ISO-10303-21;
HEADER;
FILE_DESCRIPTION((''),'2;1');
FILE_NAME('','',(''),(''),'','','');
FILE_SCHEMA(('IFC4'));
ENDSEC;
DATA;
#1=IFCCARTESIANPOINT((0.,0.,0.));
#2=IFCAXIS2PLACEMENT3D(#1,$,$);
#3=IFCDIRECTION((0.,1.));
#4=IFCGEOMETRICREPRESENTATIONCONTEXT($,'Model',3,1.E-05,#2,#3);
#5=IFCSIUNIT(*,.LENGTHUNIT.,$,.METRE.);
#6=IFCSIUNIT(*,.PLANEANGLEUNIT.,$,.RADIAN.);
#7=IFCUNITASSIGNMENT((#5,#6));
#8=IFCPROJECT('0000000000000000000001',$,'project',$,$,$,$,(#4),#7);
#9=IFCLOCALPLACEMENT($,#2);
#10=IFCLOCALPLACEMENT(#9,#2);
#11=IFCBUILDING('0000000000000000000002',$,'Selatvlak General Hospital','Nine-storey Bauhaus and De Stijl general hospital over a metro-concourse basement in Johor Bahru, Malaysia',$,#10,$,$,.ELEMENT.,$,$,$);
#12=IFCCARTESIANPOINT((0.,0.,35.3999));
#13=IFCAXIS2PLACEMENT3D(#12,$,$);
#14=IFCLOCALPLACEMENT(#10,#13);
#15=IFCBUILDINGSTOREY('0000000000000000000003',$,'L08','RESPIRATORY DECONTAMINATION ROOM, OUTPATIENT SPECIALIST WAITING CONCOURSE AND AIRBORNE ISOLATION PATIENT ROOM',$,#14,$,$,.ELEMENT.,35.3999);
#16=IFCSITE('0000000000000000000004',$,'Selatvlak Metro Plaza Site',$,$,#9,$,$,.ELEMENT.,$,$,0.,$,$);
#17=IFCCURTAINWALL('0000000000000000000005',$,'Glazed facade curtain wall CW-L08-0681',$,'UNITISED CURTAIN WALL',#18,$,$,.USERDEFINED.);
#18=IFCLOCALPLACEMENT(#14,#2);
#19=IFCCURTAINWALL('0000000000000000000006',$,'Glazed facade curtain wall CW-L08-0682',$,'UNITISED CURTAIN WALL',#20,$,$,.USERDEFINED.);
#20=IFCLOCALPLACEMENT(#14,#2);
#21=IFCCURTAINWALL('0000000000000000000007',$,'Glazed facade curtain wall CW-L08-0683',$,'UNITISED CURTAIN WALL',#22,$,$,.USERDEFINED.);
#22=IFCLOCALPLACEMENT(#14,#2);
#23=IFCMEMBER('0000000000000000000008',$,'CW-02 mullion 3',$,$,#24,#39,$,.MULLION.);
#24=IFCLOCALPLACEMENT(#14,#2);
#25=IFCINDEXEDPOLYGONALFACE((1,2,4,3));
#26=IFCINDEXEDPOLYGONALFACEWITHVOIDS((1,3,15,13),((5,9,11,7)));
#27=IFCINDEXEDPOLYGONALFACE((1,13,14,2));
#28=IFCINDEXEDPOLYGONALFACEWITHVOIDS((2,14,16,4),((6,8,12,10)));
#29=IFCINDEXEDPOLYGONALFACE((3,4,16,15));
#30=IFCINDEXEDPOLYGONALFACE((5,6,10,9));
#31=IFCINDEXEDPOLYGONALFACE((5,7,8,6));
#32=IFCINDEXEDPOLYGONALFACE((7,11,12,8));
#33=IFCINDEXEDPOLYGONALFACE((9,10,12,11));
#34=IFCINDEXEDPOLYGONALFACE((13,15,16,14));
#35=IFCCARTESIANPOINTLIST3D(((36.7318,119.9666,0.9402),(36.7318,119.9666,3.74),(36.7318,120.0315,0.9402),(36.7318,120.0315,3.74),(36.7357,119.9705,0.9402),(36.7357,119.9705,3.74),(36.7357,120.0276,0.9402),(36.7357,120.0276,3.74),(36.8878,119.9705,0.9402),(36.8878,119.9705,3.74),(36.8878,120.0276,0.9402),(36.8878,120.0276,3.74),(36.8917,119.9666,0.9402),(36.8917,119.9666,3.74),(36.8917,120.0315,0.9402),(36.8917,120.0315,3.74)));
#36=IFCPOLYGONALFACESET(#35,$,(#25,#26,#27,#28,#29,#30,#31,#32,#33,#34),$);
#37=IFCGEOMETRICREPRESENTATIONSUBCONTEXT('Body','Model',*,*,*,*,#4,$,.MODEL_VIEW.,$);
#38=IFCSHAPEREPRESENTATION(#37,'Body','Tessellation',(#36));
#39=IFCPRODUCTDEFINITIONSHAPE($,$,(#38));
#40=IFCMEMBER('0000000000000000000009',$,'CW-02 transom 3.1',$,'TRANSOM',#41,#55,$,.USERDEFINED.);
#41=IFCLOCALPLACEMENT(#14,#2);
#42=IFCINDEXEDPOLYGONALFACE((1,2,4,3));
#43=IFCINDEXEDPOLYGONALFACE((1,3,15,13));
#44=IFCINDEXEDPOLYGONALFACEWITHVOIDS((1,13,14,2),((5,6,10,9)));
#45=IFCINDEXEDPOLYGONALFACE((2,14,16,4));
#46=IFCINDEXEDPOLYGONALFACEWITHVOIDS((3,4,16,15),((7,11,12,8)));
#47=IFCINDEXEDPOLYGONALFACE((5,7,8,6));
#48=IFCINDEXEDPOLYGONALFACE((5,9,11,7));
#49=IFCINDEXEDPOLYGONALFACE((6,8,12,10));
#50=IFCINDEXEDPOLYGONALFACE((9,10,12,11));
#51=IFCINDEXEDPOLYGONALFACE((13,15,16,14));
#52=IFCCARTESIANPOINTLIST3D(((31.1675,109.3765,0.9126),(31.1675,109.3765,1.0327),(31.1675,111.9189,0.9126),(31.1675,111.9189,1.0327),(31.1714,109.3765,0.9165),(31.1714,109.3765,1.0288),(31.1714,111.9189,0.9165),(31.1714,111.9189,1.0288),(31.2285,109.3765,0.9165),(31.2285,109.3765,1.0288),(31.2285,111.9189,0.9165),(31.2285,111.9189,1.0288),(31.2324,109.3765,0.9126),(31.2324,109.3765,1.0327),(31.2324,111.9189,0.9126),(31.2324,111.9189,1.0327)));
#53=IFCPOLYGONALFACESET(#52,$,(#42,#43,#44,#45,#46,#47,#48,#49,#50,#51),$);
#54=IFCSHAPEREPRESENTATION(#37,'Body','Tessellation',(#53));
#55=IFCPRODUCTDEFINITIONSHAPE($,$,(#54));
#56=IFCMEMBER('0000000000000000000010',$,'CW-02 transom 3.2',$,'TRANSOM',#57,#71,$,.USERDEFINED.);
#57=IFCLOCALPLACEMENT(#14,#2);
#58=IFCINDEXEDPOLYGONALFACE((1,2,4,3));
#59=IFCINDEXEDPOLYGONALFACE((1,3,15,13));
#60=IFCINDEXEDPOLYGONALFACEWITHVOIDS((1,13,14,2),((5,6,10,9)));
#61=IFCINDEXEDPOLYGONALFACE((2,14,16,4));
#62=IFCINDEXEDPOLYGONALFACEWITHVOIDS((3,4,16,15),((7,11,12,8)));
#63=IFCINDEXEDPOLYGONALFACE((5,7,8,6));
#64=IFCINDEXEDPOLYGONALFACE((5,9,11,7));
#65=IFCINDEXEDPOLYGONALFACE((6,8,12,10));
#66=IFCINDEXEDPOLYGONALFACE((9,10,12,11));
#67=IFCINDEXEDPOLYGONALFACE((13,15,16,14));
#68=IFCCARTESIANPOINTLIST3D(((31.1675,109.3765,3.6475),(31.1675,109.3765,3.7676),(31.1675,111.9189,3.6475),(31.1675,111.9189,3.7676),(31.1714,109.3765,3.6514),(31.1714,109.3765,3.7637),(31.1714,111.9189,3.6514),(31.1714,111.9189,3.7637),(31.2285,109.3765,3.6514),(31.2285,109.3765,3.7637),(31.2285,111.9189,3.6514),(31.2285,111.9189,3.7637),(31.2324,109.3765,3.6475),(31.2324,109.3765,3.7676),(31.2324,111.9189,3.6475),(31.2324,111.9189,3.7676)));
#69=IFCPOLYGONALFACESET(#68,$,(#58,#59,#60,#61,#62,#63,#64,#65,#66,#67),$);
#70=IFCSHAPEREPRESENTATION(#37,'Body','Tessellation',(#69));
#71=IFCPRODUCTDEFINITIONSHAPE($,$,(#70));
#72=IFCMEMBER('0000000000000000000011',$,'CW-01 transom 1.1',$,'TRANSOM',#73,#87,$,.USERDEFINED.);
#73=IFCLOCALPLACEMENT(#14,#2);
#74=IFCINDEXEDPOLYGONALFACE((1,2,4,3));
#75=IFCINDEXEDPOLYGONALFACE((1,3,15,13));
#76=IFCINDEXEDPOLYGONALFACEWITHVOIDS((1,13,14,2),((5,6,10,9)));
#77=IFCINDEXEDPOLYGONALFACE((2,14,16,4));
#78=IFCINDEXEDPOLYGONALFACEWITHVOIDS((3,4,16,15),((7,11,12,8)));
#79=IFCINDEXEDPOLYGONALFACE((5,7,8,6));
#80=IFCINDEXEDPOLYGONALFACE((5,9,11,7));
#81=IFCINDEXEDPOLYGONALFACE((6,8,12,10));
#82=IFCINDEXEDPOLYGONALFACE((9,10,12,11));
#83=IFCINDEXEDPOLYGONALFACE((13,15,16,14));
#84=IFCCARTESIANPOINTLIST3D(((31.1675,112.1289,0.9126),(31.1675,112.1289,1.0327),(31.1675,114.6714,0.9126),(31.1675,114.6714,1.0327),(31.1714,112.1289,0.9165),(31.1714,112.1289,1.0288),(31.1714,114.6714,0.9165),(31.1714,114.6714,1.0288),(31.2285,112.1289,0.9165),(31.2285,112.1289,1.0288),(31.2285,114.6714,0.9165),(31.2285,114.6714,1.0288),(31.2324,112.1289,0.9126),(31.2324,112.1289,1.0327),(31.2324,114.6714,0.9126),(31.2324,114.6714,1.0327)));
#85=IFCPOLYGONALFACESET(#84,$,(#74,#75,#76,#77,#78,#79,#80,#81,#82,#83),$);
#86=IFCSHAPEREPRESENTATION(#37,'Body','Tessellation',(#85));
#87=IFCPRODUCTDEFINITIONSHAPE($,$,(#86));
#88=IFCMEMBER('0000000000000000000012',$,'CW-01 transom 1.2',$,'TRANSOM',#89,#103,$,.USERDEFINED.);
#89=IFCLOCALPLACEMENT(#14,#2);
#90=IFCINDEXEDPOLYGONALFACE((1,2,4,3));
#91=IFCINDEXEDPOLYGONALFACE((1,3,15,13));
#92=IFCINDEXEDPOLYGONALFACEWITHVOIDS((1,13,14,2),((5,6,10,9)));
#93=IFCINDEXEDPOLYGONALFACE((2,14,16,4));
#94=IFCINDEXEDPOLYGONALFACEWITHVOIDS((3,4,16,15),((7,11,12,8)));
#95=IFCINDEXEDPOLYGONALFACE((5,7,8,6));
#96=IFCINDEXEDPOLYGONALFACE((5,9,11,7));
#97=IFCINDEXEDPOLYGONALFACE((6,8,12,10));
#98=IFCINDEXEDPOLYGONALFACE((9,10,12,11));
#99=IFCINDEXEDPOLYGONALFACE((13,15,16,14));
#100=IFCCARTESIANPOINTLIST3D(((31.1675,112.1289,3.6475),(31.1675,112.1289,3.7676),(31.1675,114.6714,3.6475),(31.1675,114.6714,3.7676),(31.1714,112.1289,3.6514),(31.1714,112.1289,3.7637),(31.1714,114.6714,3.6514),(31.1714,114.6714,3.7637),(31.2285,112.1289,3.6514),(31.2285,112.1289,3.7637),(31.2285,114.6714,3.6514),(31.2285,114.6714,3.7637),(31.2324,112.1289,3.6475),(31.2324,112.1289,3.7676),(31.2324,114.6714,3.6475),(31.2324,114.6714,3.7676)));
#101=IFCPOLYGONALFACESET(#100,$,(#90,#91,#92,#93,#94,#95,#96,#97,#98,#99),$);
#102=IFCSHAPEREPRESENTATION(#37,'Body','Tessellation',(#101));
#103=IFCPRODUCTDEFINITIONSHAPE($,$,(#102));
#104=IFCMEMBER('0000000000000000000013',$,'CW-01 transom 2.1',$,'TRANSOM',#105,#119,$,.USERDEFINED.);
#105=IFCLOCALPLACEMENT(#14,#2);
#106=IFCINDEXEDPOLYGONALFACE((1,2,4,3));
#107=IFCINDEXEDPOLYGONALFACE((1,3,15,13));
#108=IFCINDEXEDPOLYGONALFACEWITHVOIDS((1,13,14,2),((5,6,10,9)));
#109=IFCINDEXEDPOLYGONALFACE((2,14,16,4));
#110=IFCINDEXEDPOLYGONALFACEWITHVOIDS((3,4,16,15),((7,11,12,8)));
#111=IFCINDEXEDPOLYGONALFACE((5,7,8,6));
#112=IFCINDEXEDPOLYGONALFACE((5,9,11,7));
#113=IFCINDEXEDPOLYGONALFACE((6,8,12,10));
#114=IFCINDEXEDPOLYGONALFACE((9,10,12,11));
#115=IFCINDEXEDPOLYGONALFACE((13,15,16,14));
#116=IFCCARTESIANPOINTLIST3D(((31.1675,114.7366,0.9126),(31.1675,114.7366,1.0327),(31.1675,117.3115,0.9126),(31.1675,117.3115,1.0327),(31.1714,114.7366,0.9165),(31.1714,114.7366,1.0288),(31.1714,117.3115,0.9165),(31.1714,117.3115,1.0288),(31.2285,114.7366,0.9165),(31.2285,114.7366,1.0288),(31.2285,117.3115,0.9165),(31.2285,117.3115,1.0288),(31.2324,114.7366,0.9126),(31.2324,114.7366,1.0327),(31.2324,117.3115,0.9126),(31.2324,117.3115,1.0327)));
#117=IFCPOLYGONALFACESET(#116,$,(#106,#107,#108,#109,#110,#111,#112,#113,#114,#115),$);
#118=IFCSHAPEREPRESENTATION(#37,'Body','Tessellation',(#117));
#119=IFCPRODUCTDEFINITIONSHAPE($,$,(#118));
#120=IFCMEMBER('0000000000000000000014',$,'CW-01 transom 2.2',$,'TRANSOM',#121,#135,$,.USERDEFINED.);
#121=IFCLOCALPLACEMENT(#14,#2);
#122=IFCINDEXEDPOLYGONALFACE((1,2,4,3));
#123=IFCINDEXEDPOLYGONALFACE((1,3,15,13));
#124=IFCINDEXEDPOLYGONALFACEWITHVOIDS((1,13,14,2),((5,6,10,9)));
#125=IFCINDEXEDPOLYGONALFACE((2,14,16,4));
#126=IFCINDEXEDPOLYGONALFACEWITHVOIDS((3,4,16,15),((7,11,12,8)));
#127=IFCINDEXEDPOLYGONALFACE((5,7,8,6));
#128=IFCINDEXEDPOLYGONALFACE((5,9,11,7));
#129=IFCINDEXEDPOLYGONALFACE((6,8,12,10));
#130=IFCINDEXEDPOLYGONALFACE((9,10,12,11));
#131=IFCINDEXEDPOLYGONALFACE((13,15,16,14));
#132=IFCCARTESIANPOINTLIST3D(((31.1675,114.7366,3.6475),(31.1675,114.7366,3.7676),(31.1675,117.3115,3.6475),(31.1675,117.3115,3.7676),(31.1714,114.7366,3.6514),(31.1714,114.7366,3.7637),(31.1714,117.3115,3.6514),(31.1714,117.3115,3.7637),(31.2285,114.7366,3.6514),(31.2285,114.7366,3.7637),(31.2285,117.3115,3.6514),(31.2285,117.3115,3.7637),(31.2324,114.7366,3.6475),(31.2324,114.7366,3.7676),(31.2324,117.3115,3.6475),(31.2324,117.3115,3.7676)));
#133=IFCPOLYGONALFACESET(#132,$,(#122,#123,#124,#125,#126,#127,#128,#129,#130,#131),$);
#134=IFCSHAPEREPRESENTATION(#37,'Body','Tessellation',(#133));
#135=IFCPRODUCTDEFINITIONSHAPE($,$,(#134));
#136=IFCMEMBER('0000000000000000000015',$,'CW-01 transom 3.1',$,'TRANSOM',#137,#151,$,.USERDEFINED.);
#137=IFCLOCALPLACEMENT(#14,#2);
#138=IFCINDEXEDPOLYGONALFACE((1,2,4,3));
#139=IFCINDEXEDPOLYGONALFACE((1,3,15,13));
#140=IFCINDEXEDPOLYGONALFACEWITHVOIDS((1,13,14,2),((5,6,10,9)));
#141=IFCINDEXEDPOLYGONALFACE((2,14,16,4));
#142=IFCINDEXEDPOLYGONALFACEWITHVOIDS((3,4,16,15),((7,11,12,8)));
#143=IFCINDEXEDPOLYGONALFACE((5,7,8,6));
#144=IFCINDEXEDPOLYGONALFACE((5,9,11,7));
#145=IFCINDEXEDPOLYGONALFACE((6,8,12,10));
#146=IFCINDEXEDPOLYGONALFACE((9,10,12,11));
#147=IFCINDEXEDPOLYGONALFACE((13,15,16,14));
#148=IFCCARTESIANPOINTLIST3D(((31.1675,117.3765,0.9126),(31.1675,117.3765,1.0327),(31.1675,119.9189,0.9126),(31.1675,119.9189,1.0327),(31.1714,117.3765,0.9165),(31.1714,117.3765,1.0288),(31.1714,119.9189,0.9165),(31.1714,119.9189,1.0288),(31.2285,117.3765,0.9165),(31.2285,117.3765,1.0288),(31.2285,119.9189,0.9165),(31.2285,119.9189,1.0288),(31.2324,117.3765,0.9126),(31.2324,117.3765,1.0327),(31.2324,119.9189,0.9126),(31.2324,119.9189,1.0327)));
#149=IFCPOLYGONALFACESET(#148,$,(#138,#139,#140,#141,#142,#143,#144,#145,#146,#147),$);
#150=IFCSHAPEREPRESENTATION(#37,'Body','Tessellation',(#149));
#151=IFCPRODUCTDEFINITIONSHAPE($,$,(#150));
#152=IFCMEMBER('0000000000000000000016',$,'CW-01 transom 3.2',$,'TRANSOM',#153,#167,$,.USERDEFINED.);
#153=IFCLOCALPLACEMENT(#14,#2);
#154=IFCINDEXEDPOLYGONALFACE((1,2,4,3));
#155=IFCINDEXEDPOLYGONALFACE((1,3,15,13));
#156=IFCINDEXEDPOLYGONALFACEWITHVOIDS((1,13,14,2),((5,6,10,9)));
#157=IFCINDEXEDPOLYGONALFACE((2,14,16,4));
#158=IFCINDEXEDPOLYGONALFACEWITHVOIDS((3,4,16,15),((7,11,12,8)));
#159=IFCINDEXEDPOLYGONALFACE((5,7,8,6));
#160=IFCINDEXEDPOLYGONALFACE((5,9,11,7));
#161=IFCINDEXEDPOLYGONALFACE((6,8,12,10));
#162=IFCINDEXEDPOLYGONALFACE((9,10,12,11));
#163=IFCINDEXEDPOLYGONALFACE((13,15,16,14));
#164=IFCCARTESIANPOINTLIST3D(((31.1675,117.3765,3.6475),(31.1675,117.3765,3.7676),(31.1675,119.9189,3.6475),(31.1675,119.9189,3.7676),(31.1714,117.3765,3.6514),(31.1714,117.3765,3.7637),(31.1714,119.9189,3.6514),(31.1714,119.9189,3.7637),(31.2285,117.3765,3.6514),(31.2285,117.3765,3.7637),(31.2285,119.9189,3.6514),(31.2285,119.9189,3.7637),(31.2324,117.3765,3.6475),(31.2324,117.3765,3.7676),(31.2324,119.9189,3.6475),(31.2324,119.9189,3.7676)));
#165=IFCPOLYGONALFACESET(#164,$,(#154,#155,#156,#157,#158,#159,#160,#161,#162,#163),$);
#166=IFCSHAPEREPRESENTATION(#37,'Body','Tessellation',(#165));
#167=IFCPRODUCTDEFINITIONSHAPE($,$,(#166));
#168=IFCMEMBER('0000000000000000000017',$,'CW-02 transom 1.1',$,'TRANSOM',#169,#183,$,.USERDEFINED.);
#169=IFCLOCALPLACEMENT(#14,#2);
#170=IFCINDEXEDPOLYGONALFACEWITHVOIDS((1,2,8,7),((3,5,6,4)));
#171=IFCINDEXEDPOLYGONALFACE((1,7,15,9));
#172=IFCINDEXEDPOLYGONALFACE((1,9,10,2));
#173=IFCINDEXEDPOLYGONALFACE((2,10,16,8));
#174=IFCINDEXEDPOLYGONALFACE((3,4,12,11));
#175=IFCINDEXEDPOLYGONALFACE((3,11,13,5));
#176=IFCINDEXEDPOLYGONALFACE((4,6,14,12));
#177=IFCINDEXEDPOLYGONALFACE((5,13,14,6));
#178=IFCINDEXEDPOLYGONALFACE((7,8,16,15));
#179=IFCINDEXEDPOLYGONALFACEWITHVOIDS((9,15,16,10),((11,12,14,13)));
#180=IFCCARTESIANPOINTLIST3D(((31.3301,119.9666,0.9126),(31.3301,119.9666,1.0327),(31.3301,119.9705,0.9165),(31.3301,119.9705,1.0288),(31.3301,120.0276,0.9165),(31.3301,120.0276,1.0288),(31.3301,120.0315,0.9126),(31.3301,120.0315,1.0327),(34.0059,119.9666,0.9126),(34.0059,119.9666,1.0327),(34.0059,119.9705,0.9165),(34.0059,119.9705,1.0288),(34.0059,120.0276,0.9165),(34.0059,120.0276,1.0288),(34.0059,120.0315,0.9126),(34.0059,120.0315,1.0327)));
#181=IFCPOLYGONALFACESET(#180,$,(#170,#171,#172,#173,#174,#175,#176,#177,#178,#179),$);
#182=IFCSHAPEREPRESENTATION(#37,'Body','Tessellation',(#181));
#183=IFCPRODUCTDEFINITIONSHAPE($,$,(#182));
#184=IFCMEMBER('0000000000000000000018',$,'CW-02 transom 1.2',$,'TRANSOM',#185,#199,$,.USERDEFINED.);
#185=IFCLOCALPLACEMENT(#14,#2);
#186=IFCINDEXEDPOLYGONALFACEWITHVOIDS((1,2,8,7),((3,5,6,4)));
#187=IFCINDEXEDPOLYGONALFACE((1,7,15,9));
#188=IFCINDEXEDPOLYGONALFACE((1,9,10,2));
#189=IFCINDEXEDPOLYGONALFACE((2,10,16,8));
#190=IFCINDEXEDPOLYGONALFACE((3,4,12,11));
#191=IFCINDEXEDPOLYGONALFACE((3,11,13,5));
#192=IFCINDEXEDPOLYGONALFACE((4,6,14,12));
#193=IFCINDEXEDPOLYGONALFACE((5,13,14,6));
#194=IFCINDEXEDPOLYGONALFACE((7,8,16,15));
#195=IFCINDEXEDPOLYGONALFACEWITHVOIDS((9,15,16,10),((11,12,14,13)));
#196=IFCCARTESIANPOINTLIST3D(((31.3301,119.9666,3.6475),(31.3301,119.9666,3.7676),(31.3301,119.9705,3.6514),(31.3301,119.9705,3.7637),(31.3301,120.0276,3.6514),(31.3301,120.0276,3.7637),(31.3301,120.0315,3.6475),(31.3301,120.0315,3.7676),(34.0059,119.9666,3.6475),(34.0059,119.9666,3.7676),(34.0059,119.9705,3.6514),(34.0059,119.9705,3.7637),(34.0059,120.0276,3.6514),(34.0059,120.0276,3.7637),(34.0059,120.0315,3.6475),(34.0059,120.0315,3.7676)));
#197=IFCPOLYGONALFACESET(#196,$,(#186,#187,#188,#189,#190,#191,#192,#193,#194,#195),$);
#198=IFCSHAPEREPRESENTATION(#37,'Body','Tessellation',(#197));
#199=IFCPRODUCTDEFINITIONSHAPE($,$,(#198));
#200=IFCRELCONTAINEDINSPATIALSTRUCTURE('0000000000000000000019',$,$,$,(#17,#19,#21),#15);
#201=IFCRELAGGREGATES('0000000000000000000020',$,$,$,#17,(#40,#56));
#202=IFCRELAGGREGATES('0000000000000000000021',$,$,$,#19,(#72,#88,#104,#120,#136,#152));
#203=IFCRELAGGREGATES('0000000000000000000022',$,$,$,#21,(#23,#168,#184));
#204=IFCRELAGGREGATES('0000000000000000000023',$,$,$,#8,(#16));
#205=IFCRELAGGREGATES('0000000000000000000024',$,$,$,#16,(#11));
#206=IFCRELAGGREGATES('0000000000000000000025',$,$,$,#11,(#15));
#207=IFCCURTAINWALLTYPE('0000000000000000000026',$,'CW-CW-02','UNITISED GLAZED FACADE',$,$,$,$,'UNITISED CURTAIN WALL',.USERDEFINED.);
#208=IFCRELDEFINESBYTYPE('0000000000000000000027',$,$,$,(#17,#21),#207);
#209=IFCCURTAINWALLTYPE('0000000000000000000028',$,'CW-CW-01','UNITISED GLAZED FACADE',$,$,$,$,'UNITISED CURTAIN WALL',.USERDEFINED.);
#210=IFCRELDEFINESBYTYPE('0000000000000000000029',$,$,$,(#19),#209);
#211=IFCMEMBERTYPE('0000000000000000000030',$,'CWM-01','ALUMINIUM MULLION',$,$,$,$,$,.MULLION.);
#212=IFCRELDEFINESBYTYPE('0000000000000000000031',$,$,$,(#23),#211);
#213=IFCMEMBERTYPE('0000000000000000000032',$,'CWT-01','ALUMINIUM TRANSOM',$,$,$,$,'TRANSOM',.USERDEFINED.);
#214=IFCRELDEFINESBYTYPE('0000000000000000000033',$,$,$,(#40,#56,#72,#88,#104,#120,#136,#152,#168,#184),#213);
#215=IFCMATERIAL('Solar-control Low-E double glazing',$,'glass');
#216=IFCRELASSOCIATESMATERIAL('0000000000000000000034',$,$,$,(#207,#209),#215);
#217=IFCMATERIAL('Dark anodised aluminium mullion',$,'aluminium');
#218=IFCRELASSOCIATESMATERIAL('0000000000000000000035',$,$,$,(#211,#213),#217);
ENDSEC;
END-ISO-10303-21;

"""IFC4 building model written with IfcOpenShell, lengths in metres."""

from ifc_helpers import new_model, si_unit, direction, frame, origin, origin_2d, place, context, subcontext, project, spatial, hollow_rectangle, extrude, material, material_profile, profile_set, type_object, element, aggregate, save


model = new_model("IFC4")

# Units and contexts
model_context = context("Model", 3, precision=1e-05, world=origin(), true_north=direction((0.0, 1.0)))
body_context = subcontext(model_context, "Body", "Model", "MODEL_VIEW")
ifc_project = project(units=[si_unit("LENGTHUNIT", "METRE"), si_unit("PLANEANGLEUNIT", "RADIAN")], contexts=[model_context])

# Site, building, storey
site_placement = place(None, origin())
site = spatial("IfcSite", under=ifc_project, at=site_placement, Name="Selatvlak Metro Plaza Site", CompositionType="ELEMENT", RefElevation=0.0)
building_placement = place(site_placement, origin())
building = spatial("IfcBuilding", under=site, at=building_placement, Name="Selatvlak General Hospital", Description="Nine-storey Bauhaus and De Stijl general hospital over a metro-concourse basement in Johor Bahru, Malaysia", CompositionType="ELEMENT")
storey_placement = place(building_placement, frame((0.0, 0.0, 35.3999)))
storey = spatial("IfcBuildingStorey", under=building, at=storey_placement, Name="L08", Description="RESPIRATORY DECONTAMINATION ROOM, OUTPATIENT SPECIALIST WAITING CONCOURSE AND AIRBORNE ISOLATION PATIENT ROOM", CompositionType="ELEMENT", Elevation=35.3999)

# Curtain walls, member
ifc_material_1 = material(Name="Solar-control Low-E double glazing", Category="glass")
curtain_wall_type_1 = type_object("IfcCurtainWallType", Name="CW-CW-02", Description="UNITISED GLAZED FACADE", ElementType="UNITISED CURTAIN WALL", PredefinedType="USERDEFINED", material=ifc_material_1)
curtain_wall_1_placement = place(storey_placement, origin())
curtain_wall_1 = element("IfcCurtainWall", 1, at=curtain_wall_1_placement, inside=storey, type_object=curtain_wall_type_1, Name="Glazed facade curtain wall CW-L08-0681", ObjectType="UNITISED CURTAIN WALL", PredefinedType="USERDEFINED")
ifc_material_2 = material(Name="Dark anodised aluminium mullion", Category="aluminium")
ifc_material_profile_1 = material_profile(ifc_material_2, hollow_rectangle(XDim=0.0649, YDim=0.1599, WallThickness=0.0039, at=origin_2d()), Name="AL-MUL 65x160x4")
ifc_profile_set_1 = profile_set([ifc_material_profile_1], Name="Dark anodised aluminium mullion")
member_type_1 = type_object("IfcMemberType", Name="CWM-01", Description="ALUMINIUM MULLION", PredefinedType="MULLION", material=ifc_profile_set_1)
curtain_wall_type_2 = type_object("IfcCurtainWallType", Name="CW-CW-01", Description="UNITISED GLAZED FACADE", ElementType="UNITISED CURTAIN WALL", PredefinedType="USERDEFINED", material=ifc_material_1)
curtain_wall_2_placement = place(storey_placement, origin())
curtain_wall_2 = element("IfcCurtainWall", 2, at=curtain_wall_2_placement, inside=storey, type_object=curtain_wall_type_2, Name="Glazed facade curtain wall CW-L08-0682", ObjectType="UNITISED CURTAIN WALL", PredefinedType="USERDEFINED")
curtain_wall_3_placement = place(storey_placement, origin())
curtain_wall_3 = element("IfcCurtainWall", 3, at=curtain_wall_3_placement, inside=storey, type_object=curtain_wall_type_1, Name="Glazed facade curtain wall CW-L08-0683", ObjectType="UNITISED CURTAIN WALL", PredefinedType="USERDEFINED")
member_1_placement = place(storey_placement, frame((36.8118, 119.999, 0.9402), z_axis=(0.0, 0.0, 1.0), x_axis=(0.0, 1.0, 0.0)))
member_1 = element("IfcMember", 4, at=member_1_placement, type_object=member_type_1, Name="CW-02 mullion 3", PredefinedType="MULLION", context=body_context, shape_type="SweptSolid", body=[
    extrude(hollow_rectangle(XDim=0.0649, YDim=0.1599, WallThickness=0.0039, at=origin_2d()), origin(), (0.0, 0.0, 1.0), 2.7998),
])

# Members
ifc_material_profile_2 = material_profile(ifc_material_2, hollow_rectangle(XDim=0.0649, YDim=0.1201, WallThickness=0.0039, at=origin_2d()), Name="AL-TRN 65x120x4")
ifc_profile_set_2 = profile_set([ifc_material_profile_2], Name="Dark anodised aluminium mullion")
member_type_2 = type_object("IfcMemberType", Name="CWT-01", Description="ALUMINIUM TRANSOM", ElementType="TRANSOM", PredefinedType="USERDEFINED", material=ifc_profile_set_2)
member_2_placement = place(storey_placement, frame((31.2, 109.3765, 0.9727), z_axis=(0.0, 1.0, 0.0), x_axis=(-1.0, 0.0, 0.0)))
member_2 = element("IfcMember", 5, at=member_2_placement, type_object=member_type_2, Name="CW-02 transom 3.1", ObjectType="TRANSOM", PredefinedType="USERDEFINED", context=body_context, shape_type="SweptSolid", body=[
    extrude(hollow_rectangle(XDim=0.0649, YDim=0.1201, WallThickness=0.0039, at=origin_2d()), origin(), (0.0, 0.0, 1.0), 2.5425),
])
member_3_placement = place(storey_placement, frame((31.2, 109.3765, 3.7075), z_axis=(0.0, 1.0, 0.0), x_axis=(-1.0, 0.0, 0.0)))
member_3 = element("IfcMember", 6, at=member_3_placement, type_object=member_type_2, Name="CW-02 transom 3.2", ObjectType="TRANSOM", PredefinedType="USERDEFINED", context=body_context, shape_type="SweptSolid", body=[
    extrude(hollow_rectangle(XDim=0.0649, YDim=0.1201, WallThickness=0.0039, at=origin_2d()), origin(), (0.0, 0.0, 1.0), 2.5425),
])
member_4_placement = place(storey_placement, frame((31.2, 112.1289, 0.9727), z_axis=(0.0, 1.0, 0.0), x_axis=(-1.0, 0.0, 0.0)))
member_4 = element("IfcMember", 7, at=member_4_placement, type_object=member_type_2, Name="CW-01 transom 1.1", ObjectType="TRANSOM", PredefinedType="USERDEFINED", context=body_context, shape_type="SweptSolid", body=[
    extrude(hollow_rectangle(XDim=0.0649, YDim=0.1201, WallThickness=0.0039, at=origin_2d()), origin(), (0.0, 0.0, 1.0), 2.5425),
])
member_5_placement = place(storey_placement, frame((31.2, 112.1289, 3.7075), z_axis=(0.0, 1.0, 0.0), x_axis=(-1.0, 0.0, 0.0)))
member_5 = element("IfcMember", 8, at=member_5_placement, type_object=member_type_2, Name="CW-01 transom 1.2", ObjectType="TRANSOM", PredefinedType="USERDEFINED", context=body_context, shape_type="SweptSolid", body=[
    extrude(hollow_rectangle(XDim=0.0649, YDim=0.1201, WallThickness=0.0039, at=origin_2d()), origin(), (0.0, 0.0, 1.0), 2.5425),
])
member_6_placement = place(storey_placement, frame((31.2, 114.7366, 0.9727), z_axis=(0.0, 1.0, 0.0), x_axis=(-1.0, 0.0, 0.0)))
member_6 = element("IfcMember", 9, at=member_6_placement, type_object=member_type_2, Name="CW-01 transom 2.1", ObjectType="TRANSOM", PredefinedType="USERDEFINED", context=body_context, shape_type="SweptSolid", body=[
    extrude(hollow_rectangle(XDim=0.0649, YDim=0.1201, WallThickness=0.0039, at=origin_2d()), origin(), (0.0, 0.0, 1.0), 2.575),
])
member_7_placement = place(storey_placement, frame((31.2, 114.7366, 3.7075), z_axis=(0.0, 1.0, 0.0), x_axis=(-1.0, 0.0, 0.0)))
member_7 = element("IfcMember", 10, at=member_7_placement, type_object=member_type_2, Name="CW-01 transom 2.2", ObjectType="TRANSOM", PredefinedType="USERDEFINED", context=body_context, shape_type="SweptSolid", body=[
    extrude(hollow_rectangle(XDim=0.0649, YDim=0.1201, WallThickness=0.0039, at=origin_2d()), origin(), (0.0, 0.0, 1.0), 2.575),
])
member_8_placement = place(storey_placement, frame((31.2, 117.3765, 0.9727), z_axis=(0.0, 1.0, 0.0), x_axis=(-1.0, 0.0, 0.0)))
member_8 = element("IfcMember", 11, at=member_8_placement, type_object=member_type_2, Name="CW-01 transom 3.1", ObjectType="TRANSOM", PredefinedType="USERDEFINED", context=body_context, shape_type="SweptSolid", body=[
    extrude(hollow_rectangle(XDim=0.0649, YDim=0.1201, WallThickness=0.0039, at=origin_2d()), origin(), (0.0, 0.0, 1.0), 2.5425),
])
member_9_placement = place(storey_placement, frame((31.2, 117.3765, 3.7075), z_axis=(0.0, 1.0, 0.0), x_axis=(-1.0, 0.0, 0.0)))
member_9 = element("IfcMember", 12, at=member_9_placement, type_object=member_type_2, Name="CW-01 transom 3.2", ObjectType="TRANSOM", PredefinedType="USERDEFINED", context=body_context, shape_type="SweptSolid", body=[
    extrude(hollow_rectangle(XDim=0.0649, YDim=0.1201, WallThickness=0.0039, at=origin_2d()), origin(), (0.0, 0.0, 1.0), 2.5425),
])
member_10_placement = place(storey_placement, frame((31.3301, 119.999, 0.9727), z_axis=(1.0, 0.0, 0.0), x_axis=(0.0, 1.0, 0.0)))
member_10 = element("IfcMember", 13, at=member_10_placement, type_object=member_type_2, Name="CW-02 transom 1.1", ObjectType="TRANSOM", PredefinedType="USERDEFINED", context=body_context, shape_type="SweptSolid", body=[
    extrude(hollow_rectangle(XDim=0.0649, YDim=0.1201, WallThickness=0.0039, at=origin_2d()), origin(), (0.0, 0.0, 1.0), 2.6758),
])
member_11_placement = place(storey_placement, frame((31.3301, 119.999, 3.7075), z_axis=(1.0, 0.0, 0.0), x_axis=(0.0, 1.0, 0.0)))
member_11 = element("IfcMember", 14, at=member_11_placement, type_object=member_type_2, Name="CW-02 transom 1.2", ObjectType="TRANSOM", PredefinedType="USERDEFINED", context=body_context, shape_type="SweptSolid", body=[
    extrude(hollow_rectangle(XDim=0.0649, YDim=0.1201, WallThickness=0.0039, at=origin_2d()), origin(), (0.0, 0.0, 1.0), 2.6758),
])

aggregate(curtain_wall_1, [member_2, member_3])
aggregate(curtain_wall_2, [member_4, member_5, member_6, member_7, member_8, member_9])
aggregate(curtain_wall_3, [member_1, member_10, member_11])

save(model, "model.ifc")
